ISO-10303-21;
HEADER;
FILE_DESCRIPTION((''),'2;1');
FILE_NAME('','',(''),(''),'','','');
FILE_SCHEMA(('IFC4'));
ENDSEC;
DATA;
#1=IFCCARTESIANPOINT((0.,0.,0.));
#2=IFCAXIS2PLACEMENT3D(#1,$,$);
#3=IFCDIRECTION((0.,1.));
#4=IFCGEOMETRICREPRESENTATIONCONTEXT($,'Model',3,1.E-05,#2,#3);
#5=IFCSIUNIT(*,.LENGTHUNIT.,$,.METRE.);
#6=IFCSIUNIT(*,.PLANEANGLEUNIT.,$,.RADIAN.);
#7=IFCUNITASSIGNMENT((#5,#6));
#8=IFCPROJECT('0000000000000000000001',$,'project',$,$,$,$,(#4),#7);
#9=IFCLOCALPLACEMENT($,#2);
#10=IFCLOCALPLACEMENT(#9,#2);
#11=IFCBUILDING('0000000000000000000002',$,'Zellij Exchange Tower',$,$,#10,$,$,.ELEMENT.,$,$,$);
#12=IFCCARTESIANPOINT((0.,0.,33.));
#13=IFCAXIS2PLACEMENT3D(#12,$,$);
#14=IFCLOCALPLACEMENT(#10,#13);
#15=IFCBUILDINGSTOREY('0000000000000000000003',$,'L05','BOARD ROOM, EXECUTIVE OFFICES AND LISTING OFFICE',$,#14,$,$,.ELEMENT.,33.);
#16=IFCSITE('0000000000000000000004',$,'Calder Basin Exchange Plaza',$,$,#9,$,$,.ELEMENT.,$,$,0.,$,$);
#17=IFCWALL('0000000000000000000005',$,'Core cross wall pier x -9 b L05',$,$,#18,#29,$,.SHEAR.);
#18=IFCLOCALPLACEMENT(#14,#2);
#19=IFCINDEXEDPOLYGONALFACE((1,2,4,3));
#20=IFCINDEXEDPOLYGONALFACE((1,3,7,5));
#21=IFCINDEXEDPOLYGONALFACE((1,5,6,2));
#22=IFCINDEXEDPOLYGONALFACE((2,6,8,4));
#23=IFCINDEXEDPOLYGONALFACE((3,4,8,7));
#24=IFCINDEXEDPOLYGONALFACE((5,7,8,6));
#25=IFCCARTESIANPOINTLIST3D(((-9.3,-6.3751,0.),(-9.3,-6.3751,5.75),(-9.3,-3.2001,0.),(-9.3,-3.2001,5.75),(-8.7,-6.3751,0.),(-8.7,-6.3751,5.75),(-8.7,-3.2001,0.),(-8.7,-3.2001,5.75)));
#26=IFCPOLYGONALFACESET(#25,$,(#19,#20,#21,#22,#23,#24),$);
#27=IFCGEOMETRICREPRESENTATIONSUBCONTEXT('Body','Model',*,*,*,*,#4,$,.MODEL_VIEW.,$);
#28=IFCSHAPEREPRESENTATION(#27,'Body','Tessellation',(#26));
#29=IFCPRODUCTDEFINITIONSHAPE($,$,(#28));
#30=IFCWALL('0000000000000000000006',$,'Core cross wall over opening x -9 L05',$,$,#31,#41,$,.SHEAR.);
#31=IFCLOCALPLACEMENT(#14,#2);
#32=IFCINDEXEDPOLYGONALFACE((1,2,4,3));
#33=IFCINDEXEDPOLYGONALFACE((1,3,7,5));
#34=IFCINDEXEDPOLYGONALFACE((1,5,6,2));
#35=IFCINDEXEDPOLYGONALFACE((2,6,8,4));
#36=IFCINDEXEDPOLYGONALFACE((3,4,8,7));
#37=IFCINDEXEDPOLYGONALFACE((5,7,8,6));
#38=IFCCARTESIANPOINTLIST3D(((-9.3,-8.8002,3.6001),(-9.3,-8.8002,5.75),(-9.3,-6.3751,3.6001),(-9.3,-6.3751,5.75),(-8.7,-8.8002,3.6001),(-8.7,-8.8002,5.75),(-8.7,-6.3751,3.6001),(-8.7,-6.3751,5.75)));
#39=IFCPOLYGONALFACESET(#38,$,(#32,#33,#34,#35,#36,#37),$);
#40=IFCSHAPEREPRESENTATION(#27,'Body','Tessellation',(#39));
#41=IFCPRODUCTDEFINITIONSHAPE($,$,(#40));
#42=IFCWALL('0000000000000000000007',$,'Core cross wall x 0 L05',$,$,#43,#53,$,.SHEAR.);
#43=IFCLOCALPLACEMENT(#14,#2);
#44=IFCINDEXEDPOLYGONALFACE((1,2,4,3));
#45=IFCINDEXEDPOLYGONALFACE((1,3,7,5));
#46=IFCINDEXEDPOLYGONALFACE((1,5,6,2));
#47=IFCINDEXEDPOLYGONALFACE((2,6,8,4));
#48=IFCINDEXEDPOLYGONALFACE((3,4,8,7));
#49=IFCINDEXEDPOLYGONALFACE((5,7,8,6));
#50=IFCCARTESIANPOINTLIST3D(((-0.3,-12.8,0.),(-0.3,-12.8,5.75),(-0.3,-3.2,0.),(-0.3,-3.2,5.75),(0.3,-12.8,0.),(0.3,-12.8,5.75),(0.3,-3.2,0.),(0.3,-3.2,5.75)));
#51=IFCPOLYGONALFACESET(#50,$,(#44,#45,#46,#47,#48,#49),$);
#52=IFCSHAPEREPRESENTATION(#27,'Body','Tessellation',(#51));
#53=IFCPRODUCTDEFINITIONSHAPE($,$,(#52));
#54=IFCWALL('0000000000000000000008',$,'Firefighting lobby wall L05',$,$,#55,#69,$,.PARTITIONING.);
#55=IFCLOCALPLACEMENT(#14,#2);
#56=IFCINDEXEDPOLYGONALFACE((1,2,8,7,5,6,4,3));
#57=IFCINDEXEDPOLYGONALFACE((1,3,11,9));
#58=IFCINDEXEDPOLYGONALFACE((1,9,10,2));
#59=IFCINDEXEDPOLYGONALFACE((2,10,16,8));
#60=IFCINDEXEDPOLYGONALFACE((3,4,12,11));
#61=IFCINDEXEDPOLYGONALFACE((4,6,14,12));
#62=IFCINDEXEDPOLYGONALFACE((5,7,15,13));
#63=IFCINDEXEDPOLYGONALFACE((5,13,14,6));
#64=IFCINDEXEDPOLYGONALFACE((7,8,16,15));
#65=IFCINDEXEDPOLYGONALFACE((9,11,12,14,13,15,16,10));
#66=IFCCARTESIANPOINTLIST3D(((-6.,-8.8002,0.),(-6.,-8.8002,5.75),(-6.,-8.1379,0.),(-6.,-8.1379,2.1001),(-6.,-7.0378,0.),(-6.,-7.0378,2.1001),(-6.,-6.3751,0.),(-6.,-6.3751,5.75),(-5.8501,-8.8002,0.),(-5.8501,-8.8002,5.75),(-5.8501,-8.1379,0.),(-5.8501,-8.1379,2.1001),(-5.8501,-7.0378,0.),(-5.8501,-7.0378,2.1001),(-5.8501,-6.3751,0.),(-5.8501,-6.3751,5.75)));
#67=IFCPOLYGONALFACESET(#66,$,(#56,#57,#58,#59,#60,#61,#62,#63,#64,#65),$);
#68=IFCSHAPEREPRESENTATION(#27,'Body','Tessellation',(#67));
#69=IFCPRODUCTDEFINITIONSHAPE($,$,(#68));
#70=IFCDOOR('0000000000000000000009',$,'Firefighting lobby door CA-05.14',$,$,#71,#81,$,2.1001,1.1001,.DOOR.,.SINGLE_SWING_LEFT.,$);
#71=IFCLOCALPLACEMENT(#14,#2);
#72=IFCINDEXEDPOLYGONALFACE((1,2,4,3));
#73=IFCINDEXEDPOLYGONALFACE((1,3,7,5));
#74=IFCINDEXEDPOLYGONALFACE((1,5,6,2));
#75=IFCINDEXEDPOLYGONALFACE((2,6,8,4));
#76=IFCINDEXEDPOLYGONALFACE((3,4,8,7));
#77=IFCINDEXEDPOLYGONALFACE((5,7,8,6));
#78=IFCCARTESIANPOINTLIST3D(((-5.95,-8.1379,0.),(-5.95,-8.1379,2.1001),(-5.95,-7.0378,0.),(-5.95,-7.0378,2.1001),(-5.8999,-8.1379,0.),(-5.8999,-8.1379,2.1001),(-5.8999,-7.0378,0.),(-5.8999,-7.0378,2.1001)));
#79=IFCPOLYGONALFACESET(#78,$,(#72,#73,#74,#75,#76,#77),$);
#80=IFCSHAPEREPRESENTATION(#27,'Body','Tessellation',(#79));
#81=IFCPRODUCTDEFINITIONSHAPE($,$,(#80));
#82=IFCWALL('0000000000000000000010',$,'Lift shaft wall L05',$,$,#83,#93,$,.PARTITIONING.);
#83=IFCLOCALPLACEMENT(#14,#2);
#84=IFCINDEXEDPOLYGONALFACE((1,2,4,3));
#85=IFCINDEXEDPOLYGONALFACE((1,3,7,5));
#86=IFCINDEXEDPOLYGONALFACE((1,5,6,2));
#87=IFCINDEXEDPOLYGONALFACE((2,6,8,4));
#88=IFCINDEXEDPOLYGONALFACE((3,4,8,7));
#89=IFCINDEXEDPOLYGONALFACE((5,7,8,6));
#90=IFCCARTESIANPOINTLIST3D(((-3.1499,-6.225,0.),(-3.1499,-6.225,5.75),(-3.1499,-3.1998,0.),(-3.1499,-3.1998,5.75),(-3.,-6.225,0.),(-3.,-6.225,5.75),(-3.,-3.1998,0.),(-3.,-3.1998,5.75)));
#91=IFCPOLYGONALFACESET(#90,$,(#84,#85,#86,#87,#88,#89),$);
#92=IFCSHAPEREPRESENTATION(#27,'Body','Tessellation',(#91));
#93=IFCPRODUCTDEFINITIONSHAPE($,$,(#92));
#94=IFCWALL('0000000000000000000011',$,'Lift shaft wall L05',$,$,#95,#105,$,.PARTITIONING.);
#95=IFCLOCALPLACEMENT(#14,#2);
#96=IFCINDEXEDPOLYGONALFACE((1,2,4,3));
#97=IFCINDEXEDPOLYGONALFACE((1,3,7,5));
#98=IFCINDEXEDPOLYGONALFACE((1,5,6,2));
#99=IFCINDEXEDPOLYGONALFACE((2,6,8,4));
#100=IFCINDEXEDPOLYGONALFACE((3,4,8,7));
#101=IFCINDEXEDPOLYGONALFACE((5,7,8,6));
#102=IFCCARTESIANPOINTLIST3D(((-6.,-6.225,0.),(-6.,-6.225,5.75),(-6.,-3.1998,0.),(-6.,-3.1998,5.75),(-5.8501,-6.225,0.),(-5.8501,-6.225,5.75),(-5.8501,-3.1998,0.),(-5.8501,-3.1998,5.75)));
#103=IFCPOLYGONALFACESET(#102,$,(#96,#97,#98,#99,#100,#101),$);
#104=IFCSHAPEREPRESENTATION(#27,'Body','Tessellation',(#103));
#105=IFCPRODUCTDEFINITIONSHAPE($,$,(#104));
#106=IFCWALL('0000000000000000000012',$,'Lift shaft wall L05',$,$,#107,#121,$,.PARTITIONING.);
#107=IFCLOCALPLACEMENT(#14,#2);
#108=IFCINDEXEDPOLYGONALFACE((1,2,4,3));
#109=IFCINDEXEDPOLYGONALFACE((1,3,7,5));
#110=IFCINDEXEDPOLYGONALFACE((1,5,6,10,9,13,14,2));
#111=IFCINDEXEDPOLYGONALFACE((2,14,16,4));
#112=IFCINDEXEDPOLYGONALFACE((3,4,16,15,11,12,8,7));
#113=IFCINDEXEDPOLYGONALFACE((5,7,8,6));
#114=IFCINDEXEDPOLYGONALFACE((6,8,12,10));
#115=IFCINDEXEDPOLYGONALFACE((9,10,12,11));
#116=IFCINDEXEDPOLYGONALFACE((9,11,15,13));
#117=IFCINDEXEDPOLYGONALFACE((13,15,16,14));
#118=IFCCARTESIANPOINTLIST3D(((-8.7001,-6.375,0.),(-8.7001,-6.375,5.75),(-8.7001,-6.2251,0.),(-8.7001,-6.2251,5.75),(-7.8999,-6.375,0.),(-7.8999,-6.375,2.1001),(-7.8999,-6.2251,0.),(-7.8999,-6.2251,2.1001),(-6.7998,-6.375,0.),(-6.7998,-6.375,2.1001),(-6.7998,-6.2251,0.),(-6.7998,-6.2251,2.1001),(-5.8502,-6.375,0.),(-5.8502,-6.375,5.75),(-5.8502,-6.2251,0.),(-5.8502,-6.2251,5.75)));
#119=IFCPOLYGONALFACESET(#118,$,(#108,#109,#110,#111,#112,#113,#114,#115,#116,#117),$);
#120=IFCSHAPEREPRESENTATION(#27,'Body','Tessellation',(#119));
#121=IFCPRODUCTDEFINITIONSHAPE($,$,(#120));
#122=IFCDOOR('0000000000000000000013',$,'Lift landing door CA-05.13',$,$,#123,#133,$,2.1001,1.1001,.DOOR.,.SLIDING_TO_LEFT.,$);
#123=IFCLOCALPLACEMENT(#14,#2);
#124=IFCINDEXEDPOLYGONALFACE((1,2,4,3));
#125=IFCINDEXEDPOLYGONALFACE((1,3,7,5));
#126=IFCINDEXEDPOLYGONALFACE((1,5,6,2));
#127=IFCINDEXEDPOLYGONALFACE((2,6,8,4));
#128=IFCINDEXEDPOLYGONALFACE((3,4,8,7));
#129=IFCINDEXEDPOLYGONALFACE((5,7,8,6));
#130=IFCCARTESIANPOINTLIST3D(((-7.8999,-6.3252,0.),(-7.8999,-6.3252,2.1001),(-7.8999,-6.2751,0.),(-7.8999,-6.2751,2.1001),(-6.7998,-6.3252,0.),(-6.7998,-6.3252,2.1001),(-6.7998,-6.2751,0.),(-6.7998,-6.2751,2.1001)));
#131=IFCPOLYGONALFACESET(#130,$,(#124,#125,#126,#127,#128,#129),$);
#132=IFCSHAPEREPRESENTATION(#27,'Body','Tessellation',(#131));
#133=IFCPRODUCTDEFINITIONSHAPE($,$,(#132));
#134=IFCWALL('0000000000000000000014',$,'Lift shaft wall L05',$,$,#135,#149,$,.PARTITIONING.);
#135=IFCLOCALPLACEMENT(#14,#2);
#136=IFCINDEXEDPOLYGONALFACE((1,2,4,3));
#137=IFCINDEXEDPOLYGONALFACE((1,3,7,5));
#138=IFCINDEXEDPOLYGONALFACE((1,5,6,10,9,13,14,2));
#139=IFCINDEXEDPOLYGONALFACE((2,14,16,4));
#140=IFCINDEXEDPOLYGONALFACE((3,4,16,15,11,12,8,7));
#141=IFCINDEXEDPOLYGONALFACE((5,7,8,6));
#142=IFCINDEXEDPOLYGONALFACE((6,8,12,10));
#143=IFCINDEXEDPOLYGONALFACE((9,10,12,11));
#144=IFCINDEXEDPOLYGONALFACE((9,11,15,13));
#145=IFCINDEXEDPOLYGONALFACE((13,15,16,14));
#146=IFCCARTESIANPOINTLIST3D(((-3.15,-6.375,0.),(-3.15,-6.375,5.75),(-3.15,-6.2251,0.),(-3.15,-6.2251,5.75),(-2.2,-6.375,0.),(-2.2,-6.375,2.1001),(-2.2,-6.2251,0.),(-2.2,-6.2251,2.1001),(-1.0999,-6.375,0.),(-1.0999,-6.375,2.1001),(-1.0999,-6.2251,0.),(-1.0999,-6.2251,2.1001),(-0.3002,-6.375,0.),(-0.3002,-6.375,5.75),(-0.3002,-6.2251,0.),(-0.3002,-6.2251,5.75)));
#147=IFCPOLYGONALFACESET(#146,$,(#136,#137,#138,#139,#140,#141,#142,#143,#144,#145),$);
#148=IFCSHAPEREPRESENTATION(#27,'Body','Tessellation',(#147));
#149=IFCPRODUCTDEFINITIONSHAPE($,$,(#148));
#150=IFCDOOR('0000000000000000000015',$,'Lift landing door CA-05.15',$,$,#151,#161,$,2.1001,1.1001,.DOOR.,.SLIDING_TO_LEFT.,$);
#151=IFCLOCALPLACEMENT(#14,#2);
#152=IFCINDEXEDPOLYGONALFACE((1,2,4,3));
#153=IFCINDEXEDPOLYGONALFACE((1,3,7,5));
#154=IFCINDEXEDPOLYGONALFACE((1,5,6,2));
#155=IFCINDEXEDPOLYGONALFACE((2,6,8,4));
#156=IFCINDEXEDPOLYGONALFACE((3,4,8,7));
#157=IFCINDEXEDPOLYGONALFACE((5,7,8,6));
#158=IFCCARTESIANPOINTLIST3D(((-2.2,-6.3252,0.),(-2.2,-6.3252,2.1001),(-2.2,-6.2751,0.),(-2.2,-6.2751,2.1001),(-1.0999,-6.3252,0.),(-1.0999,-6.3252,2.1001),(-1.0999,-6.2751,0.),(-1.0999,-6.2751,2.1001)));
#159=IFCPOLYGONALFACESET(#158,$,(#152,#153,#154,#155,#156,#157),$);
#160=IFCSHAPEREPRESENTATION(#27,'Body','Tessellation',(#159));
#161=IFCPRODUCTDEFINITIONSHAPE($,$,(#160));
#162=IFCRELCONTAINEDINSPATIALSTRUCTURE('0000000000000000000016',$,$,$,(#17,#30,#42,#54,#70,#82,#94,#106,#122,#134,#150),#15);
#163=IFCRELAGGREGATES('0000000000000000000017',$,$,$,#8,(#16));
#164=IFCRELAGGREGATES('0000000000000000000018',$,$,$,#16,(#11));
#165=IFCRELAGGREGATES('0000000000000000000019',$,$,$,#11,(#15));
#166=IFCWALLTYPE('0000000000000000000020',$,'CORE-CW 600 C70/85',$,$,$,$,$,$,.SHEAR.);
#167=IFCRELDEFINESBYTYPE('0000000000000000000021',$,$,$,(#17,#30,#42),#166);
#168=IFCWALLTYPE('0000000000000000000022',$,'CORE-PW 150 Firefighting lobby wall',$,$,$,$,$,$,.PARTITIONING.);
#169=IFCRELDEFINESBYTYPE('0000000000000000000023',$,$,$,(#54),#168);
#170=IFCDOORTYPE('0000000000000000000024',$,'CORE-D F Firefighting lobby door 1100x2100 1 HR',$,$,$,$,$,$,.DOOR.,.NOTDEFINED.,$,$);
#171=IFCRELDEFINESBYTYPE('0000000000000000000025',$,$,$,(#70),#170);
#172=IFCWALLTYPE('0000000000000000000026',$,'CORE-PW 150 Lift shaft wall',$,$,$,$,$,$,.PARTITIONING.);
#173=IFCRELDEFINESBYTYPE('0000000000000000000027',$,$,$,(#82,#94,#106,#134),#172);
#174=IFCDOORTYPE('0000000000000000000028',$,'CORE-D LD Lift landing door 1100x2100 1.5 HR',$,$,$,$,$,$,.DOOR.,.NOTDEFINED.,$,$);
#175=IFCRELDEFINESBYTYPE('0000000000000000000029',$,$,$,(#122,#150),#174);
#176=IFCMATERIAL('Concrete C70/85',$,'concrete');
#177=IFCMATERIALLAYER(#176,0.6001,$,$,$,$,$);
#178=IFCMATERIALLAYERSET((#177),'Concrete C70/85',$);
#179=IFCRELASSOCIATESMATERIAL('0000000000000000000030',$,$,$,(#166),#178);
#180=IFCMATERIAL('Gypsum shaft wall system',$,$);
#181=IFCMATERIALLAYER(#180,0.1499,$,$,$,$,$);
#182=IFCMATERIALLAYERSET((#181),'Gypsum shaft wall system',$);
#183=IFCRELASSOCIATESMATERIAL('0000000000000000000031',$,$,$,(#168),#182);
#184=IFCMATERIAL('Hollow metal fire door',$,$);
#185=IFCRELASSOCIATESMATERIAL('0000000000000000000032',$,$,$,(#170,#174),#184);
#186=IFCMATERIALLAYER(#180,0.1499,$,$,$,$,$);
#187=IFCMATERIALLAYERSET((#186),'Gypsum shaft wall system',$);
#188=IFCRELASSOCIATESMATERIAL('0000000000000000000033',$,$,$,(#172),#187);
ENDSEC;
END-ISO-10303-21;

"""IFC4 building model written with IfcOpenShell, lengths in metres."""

from ifc_helpers import new_model, si_unit, direction, frame, frame_2d, origin, place, context, subcontext, project, spatial, rectangle, extrude, material, layer, layer_set, type_object, element, fill, save


model = new_model("IFC4")

# Units and contexts
model_context = context("Model", 3, precision=1e-05, world=origin(), true_north=direction((0.0, 1.0)))
body_context = subcontext(model_context, "Body", "Model", "MODEL_VIEW")
ifc_project = project(units=[si_unit("LENGTHUNIT", "METRE"), si_unit("PLANEANGLEUNIT", "RADIAN")], contexts=[model_context])

# Site, building, storey
site_placement = place(None, origin())
site = spatial("IfcSite", under=ifc_project, at=site_placement, Name="Calder Basin Exchange Plaza", CompositionType="ELEMENT", RefElevation=0.0)
building_placement = place(site_placement, origin())
building = spatial("IfcBuilding", under=site, at=building_placement, Name="Zellij Exchange Tower", CompositionType="ELEMENT")
storey_placement = place(building_placement, frame((0.0, 0.0, 33.0)))
storey = spatial("IfcBuildingStorey", under=building, at=storey_placement, Name="L05", Description="BOARD ROOM, EXECUTIVE OFFICES AND LISTING OFFICE", CompositionType="ELEMENT", Elevation=33.0)

# Walls
ifc_material_1 = material(Name="Concrete C70/85", Category="concrete")
ifc_layer_1 = layer(ifc_material_1, 0.6001)
ifc_layer_set_1 = layer_set([ifc_layer_1], Name="Concrete C70/85")
wall_type_1 = type_object("IfcWallType", Name="CORE-CW 600 C70/85", PredefinedType="SHEAR", material=ifc_layer_set_1)
wall_1_placement = place(storey_placement, frame((-9.0, -6.375, 0.0), z_axis=(0.0, 0.0, 1.0), x_axis=(0.0, 1.0, 0.0)))
element("IfcWall", 1, at=wall_1_placement, inside=storey, type_object=wall_type_1, Name="Core cross wall pier x -9 b L05", PredefinedType="SHEAR", context=body_context, shape_type="SweptSolid", body=[
    extrude(rectangle(XDim=3.175, YDim=0.6001, at=frame_2d((1.5874, 0.0))), origin(), (0.0, 0.0, 1.0), 5.75),
])
wall_2_placement = place(storey_placement, frame((-9.0, -8.8, 3.6001), z_axis=(0.0, 0.0, 1.0), x_axis=(0.0, 1.0, 0.0)))
element("IfcWall", 2, at=wall_2_placement, inside=storey, type_object=wall_type_1, Name="Core cross wall over opening x -9 L05", PredefinedType="SHEAR", context=body_context, shape_type="SweptSolid", body=[
    extrude(rectangle(XDim=2.425, YDim=0.6001, at=frame_2d((1.2124, 0.0))), origin(), (0.0, 0.0, 1.0), 2.1499),
])
wall_3_placement = place(storey_placement, frame((0.0, -12.8, 0.0), z_axis=(0.0, 0.0, 1.0), x_axis=(0.0, 1.0, 0.0)))
element("IfcWall", 3, at=wall_3_placement, inside=storey, type_object=wall_type_1, Name="Core cross wall x 0 L05", PredefinedType="SHEAR", context=body_context, shape_type="SweptSolid", body=[
    extrude(rectangle(XDim=9.6001, YDim=0.6001, at=frame_2d((4.8, 0.0))), origin(), (0.0, 0.0, 1.0), 5.75),
])

# Wall, opening, door
ifc_material_2 = material(Name="Gypsum shaft wall system")
ifc_layer_2 = layer(ifc_material_2, 0.1499)
ifc_layer_set_2 = layer_set([ifc_layer_2], Name="Gypsum shaft wall system")
wall_type_2 = type_object("IfcWallType", Name="CORE-PW 150 Firefighting lobby wall", PredefinedType="PARTITIONING", material=ifc_layer_set_2)
wall_4_placement = place(storey_placement, frame((-5.925, -8.8, 0.0), z_axis=(0.0, 0.0, 1.0), x_axis=(0.0, 1.0, 0.0)))
wall_4 = element("IfcWall", 4, at=wall_4_placement, inside=storey, type_object=wall_type_2, Name="Firefighting lobby wall L05", PredefinedType="PARTITIONING", context=body_context, shape_type="SweptSolid", body=[
    extrude(rectangle(XDim=2.425, YDim=0.1499, at=frame_2d((1.2124, 0.0))), origin(), (0.0, 0.0, 1.0), 5.75),
])
opening_1_placement = place(wall_4_placement, frame((0.6621, 0.0, 0.0)))
opening_1 = element("IfcOpeningElement", 5, at=opening_1_placement, cuts=wall_4, PredefinedType="OPENING", context=body_context, shape_type="SweptSolid", body=[
    extrude(rectangle(XDim=1.1001, YDim=2.1001, at=frame_2d((0.55, 1.05))), frame((0.0, 0.0869, 0.0), z_axis=(0.0, -1.0, 0.0), x_axis=(1.0, 0.0, 0.0)), (0.0, 0.0, 1.0), 0.1738),
])
ifc_material_3 = material(Name="Hollow metal fire door")
door_type_1 = type_object("IfcDoorType", Name="CORE-D F Firefighting lobby door 1100x2100 1 HR", OperationType="NOTDEFINED", PredefinedType="DOOR", material=ifc_material_3)
door_1_placement = place(opening_1_placement, origin())
door_1 = element("IfcDoor", 6, at=door_1_placement, inside=storey, type_object=door_type_1, Name="Firefighting lobby door CA-05.14", OperationType="SINGLE_SWING_LEFT", OverallHeight=2.1001, OverallWidth=1.1001, PredefinedType="DOOR", context=body_context, shape_type="SweptSolid", body=[
    extrude(rectangle(XDim=1.1001, YDim=2.1001, at=frame_2d((0.55, 1.05))), frame((0.0, 0.0249, 0.0), z_axis=(0.0, -1.0, 0.0), x_axis=(1.0, 0.0, 0.0)), (0.0, 0.0, 1.0), 0.05),
])
fill(opening_1, door_1)

# Walls
ifc_layer_3 = layer(ifc_material_2, 0.1499)
ifc_layer_set_3 = layer_set([ifc_layer_3], Name="Gypsum shaft wall system")
wall_type_3 = type_object("IfcWallType", Name="CORE-PW 150 Lift shaft wall", PredefinedType="PARTITIONING", material=ifc_layer_set_3)
for number, where, z_axis, x_axis, name in (
    (7, (-3.075, -6.2251, 0.0), (0.0, 0.0, 1.0), (0.0, 1.0, 0.0), "Lift shaft wall L05"),
    (8, (-5.925, -6.2251, 0.0), (0.0, 0.0, 1.0), (0.0, 1.0, 0.0), "Lift shaft wall L05"),
):
    element("IfcWall", number, at=place(storey_placement, frame(where, z_axis=z_axis, x_axis=x_axis)), inside=storey, type_object=wall_type_3, Name=name, PredefinedType="PARTITIONING", context=body_context, shape_type="SweptSolid", body=[
        extrude(rectangle(XDim=3.0251, YDim=0.1499, at=frame_2d((1.5127, 0.0))), origin(), (0.0, 0.0, 1.0), 5.75),
    ])

# Walls, openings, doors
wall_5_placement = place(storey_placement, frame((-8.7, -6.3, 0.0), z_axis=(0.0, 0.0, 1.0), x_axis=(1.0, 0.0, 0.0)))
wall_5 = element("IfcWall", 9, at=wall_5_placement, inside=storey, type_object=wall_type_3, Name="Lift shaft wall L05", PredefinedType="PARTITIONING", context=body_context, shape_type="SweptSolid", body=[
    extrude(rectangle(XDim=2.8499, YDim=0.1499, at=frame_2d((1.4248, 0.0))), origin(), (0.0, 0.0, 1.0), 5.75),
])
opening_2_placement = place(wall_5_placement, frame((0.8, 0.0, 0.0)))
opening_2 = element("IfcOpeningElement", 10, at=opening_2_placement, cuts=wall_5, PredefinedType="OPENING", context=body_context, shape_type="SweptSolid", body=[
    extrude(rectangle(XDim=1.1001, YDim=2.1001, at=frame_2d((0.55, 1.05))), frame((0.0, 0.0869, 0.0), z_axis=(0.0, -1.0, 0.0), x_axis=(1.0, 0.0, 0.0)), (0.0, 0.0, 1.0), 0.1738),
])
door_type_2 = type_object("IfcDoorType", Name="CORE-D LD Lift landing door 1100x2100 1.5 HR", OperationType="NOTDEFINED", PredefinedType="DOOR", material=ifc_material_3)
door_2_placement = place(opening_2_placement, origin())
door_2 = element("IfcDoor", 11, at=door_2_placement, inside=storey, type_object=door_type_2, Name="Lift landing door CA-05.13", OperationType="SLIDING_TO_LEFT", OverallHeight=2.1001, OverallWidth=1.1001, PredefinedType="DOOR", context=body_context, shape_type="SweptSolid", body=[
    extrude(rectangle(XDim=1.1001, YDim=2.1001, at=frame_2d((0.55, 1.05))), frame((0.0, 0.0249, 0.0), z_axis=(0.0, -1.0, 0.0), x_axis=(1.0, 0.0, 0.0)), (0.0, 0.0, 1.0), 0.05),
])
fill(opening_2, door_2)
wall_6_placement = place(storey_placement, frame((-3.1499, -6.3, 0.0), z_axis=(0.0, 0.0, 1.0), x_axis=(1.0, 0.0, 0.0)))
wall_6 = element("IfcWall", 12, at=wall_6_placement, inside=storey, type_object=wall_type_3, Name="Lift shaft wall L05", PredefinedType="PARTITIONING", context=body_context, shape_type="SweptSolid", body=[
    extrude(rectangle(XDim=2.8499, YDim=0.1499, at=frame_2d((1.4248, 0.0))), origin(), (0.0, 0.0, 1.0), 5.75),
])
opening_3_placement = place(wall_6_placement, frame((0.95, 0.0, 0.0)))
opening_3 = element("IfcOpeningElement", 13, at=opening_3_placement, cuts=wall_6, PredefinedType="OPENING", context=body_context, shape_type="SweptSolid", body=[
    extrude(rectangle(XDim=1.1001, YDim=2.1001, at=frame_2d((0.55, 1.05))), frame((0.0, 0.0869, 0.0), z_axis=(0.0, -1.0, 0.0), x_axis=(1.0, 0.0, 0.0)), (0.0, 0.0, 1.0), 0.1738),
])
door_3_placement = place(opening_3_placement, origin())
door_3 = element("IfcDoor", 14, at=door_3_placement, inside=storey, type_object=door_type_2, Name="Lift landing door CA-05.15", OperationType="SLIDING_TO_LEFT", OverallHeight=2.1001, OverallWidth=1.1001, PredefinedType="DOOR", context=body_context, shape_type="SweptSolid", body=[
    extrude(rectangle(XDim=1.1001, YDim=2.1001, at=frame_2d((0.55, 1.05))), frame((0.0, 0.0249, 0.0), z_axis=(0.0, -1.0, 0.0), x_axis=(1.0, 0.0, 0.0)), (0.0, 0.0, 1.0), 0.05),
])
fill(opening_3, door_3)

save(model, "model.ifc")
